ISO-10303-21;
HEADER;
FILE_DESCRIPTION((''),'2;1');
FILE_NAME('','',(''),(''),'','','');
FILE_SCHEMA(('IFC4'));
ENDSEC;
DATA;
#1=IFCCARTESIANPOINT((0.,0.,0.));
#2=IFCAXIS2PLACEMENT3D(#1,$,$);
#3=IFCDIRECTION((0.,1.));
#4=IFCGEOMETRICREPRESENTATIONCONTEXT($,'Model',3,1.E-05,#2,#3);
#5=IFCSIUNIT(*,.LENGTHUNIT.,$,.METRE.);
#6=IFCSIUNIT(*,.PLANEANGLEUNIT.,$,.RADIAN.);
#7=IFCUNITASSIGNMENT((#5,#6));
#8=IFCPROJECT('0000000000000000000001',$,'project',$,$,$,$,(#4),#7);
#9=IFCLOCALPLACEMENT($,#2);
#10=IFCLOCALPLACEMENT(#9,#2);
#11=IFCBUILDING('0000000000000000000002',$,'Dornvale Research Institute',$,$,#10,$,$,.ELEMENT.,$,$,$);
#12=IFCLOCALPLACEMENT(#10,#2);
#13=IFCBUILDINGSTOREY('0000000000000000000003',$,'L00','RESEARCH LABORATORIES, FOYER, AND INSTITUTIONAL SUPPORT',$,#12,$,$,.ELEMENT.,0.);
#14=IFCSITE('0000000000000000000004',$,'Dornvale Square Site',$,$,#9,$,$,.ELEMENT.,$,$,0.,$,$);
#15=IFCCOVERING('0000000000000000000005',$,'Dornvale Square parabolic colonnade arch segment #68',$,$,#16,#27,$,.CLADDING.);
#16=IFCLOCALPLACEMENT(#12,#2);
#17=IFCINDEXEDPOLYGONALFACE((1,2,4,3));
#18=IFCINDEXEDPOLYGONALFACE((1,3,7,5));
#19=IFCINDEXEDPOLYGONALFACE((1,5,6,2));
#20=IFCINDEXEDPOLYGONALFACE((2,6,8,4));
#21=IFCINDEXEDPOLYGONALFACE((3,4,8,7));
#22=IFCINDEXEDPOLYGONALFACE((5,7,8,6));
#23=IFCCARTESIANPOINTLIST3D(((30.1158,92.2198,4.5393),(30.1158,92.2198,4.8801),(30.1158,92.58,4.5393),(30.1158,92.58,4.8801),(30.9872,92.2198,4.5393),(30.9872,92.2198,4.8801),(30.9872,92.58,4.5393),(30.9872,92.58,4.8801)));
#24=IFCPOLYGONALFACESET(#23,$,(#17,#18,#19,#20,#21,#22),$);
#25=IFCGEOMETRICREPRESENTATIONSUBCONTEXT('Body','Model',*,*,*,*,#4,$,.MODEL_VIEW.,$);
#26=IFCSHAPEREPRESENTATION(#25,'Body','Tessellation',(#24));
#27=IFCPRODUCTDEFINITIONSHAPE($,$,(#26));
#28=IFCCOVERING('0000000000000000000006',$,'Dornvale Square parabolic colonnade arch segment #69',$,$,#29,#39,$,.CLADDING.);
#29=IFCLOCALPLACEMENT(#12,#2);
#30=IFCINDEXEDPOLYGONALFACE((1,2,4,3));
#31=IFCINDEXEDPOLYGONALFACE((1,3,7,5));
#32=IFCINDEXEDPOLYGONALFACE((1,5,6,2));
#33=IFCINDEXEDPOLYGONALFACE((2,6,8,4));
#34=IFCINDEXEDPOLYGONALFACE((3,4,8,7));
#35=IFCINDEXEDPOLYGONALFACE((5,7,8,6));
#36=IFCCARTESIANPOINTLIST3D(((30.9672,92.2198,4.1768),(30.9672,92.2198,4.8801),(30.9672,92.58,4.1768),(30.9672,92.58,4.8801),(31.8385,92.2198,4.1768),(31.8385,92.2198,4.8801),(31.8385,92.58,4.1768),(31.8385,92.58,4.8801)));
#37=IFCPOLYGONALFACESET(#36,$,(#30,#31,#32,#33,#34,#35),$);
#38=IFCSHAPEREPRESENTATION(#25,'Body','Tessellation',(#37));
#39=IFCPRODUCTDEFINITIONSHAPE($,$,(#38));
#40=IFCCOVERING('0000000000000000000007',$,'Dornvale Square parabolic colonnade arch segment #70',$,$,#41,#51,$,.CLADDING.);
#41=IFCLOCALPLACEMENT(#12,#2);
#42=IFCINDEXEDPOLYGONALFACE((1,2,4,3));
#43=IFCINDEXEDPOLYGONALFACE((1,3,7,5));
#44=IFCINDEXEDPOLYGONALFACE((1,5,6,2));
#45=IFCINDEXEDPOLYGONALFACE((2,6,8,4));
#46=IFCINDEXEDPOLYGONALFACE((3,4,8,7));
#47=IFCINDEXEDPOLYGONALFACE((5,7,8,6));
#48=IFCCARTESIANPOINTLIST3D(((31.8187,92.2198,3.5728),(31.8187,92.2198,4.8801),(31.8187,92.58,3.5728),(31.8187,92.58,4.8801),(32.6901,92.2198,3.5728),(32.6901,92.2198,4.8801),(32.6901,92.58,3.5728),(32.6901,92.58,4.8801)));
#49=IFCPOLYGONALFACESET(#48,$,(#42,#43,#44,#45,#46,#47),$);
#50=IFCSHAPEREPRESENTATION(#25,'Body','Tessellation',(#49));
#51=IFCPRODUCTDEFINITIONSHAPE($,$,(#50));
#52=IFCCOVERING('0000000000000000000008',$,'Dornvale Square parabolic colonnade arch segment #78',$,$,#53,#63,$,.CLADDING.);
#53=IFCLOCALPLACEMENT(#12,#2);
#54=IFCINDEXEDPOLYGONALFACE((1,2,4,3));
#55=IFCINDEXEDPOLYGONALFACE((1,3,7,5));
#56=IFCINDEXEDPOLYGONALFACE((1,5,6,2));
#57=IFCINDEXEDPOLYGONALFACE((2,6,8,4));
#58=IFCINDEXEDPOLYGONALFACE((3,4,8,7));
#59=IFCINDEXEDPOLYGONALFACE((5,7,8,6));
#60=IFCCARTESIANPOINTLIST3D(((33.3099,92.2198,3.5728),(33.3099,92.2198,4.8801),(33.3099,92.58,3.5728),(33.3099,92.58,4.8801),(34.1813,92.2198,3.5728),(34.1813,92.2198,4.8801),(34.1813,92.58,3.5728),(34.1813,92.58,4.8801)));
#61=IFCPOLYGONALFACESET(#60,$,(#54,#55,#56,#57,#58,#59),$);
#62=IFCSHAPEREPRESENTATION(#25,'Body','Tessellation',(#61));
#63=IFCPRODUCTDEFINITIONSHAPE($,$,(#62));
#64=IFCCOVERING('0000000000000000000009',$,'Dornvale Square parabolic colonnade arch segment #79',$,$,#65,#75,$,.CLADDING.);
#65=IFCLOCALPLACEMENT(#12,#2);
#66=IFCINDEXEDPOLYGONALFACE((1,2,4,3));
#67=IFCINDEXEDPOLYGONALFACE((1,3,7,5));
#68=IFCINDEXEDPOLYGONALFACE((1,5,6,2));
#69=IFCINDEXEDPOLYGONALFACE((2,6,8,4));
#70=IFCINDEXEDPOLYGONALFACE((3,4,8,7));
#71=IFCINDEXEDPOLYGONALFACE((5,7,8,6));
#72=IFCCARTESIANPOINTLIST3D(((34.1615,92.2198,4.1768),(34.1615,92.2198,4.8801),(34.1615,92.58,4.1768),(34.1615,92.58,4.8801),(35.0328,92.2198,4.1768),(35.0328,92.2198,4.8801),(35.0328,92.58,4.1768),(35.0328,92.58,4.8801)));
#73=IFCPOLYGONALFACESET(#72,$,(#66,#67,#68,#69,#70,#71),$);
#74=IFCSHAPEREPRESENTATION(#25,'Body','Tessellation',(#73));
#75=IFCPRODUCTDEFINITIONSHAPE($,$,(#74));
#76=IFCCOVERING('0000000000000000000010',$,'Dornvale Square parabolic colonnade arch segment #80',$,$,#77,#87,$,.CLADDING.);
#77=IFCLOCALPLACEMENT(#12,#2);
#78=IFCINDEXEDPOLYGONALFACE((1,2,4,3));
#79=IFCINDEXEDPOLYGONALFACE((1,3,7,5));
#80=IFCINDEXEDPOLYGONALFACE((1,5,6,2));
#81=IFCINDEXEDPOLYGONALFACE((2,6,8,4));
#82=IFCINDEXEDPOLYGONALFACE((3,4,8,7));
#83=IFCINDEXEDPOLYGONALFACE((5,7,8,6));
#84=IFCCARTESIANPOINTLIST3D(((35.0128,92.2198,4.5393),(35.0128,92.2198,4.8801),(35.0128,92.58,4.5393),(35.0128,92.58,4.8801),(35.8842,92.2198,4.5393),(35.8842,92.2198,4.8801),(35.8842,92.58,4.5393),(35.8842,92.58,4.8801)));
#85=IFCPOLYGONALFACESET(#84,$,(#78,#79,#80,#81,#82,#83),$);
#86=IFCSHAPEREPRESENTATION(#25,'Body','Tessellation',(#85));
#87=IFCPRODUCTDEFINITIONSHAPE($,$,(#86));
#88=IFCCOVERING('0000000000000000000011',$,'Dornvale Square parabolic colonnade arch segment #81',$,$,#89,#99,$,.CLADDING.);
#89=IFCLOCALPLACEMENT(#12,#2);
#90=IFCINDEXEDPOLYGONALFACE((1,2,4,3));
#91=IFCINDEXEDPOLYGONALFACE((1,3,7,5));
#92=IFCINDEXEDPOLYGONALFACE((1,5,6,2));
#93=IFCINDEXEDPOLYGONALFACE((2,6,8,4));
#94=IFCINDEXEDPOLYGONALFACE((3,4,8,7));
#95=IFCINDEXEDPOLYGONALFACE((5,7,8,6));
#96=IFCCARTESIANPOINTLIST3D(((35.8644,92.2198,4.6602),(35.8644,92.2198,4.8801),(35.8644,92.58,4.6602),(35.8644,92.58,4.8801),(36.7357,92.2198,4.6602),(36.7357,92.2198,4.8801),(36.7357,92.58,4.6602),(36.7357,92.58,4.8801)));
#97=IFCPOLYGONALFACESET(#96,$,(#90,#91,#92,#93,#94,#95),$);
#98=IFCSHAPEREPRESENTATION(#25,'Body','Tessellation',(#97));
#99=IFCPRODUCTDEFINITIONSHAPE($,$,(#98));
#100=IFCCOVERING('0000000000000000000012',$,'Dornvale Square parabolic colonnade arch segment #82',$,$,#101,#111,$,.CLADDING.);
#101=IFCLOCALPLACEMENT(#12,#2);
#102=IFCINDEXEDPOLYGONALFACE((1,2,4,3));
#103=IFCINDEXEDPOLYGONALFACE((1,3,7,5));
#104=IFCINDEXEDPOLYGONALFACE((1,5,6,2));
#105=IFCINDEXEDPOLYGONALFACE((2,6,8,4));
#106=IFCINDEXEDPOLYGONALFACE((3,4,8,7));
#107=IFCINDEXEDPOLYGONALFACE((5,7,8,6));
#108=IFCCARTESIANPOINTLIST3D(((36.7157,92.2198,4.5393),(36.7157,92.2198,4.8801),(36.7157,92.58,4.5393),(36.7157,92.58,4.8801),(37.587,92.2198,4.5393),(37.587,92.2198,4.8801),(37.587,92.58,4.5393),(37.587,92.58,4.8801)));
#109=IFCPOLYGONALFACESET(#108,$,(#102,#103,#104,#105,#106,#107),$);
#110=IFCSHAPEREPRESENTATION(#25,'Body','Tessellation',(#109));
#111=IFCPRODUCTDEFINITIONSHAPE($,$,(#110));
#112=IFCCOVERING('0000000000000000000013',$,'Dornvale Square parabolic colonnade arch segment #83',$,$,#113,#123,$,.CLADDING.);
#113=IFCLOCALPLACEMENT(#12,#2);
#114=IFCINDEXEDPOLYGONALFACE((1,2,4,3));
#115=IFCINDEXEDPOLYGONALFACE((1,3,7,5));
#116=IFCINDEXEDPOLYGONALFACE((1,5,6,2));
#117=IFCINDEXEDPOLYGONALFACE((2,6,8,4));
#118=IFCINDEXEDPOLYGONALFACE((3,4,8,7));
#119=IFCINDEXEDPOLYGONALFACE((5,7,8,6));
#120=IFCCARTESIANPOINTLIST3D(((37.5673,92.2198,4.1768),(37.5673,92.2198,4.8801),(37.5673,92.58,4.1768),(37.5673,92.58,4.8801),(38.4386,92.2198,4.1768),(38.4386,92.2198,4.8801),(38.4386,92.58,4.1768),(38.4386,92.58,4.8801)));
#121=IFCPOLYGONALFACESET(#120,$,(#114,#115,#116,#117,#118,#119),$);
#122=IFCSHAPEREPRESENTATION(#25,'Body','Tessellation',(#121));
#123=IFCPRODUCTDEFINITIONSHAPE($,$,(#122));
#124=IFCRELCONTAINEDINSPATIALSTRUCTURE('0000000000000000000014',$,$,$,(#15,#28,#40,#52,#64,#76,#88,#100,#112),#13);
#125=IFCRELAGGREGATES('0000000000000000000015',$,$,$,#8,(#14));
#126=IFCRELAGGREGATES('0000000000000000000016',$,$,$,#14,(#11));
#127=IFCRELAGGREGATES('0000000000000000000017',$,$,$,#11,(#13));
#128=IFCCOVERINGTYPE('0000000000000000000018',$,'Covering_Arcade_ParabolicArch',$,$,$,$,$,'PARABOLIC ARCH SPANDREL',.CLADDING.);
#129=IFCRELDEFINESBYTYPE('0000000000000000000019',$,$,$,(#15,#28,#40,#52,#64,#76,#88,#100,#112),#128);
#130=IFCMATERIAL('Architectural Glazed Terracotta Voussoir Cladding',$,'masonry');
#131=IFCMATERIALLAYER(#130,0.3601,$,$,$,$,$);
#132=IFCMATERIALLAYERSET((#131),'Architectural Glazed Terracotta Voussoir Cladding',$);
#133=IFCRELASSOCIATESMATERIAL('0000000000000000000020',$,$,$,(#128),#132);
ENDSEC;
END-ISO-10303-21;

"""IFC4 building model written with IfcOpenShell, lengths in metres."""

from ifc_helpers import new_model, si_unit, direction, frame, origin, origin_2d, place, context, subcontext, project, spatial, rectangle, extrude, material, layer, layer_set, type_object, element, save


model = new_model("IFC4")

# Units and contexts
model_context = context("Model", 3, precision=1e-05, world=origin(), true_north=direction((0.0, 1.0)))
body_context = subcontext(model_context, "Body", "Model", "MODEL_VIEW")
ifc_project = project(units=[si_unit("LENGTHUNIT", "METRE"), si_unit("PLANEANGLEUNIT", "RADIAN")], contexts=[model_context])

# Site, building, storey
site_placement = place(None, origin())
site = spatial("IfcSite", under=ifc_project, at=site_placement, Name="Dornvale Square Site", CompositionType="ELEMENT", RefElevation=0.0)
building_placement = place(site_placement, origin())
building = spatial("IfcBuilding", under=site, at=building_placement, Name="Dornvale Research Institute", CompositionType="ELEMENT")
storey_placement = place(building_placement, origin())
storey = spatial("IfcBuildingStorey", under=building, at=storey_placement, Name="L00", Description="RESEARCH LABORATORIES, FOYER, AND INSTITUTIONAL SUPPORT", CompositionType="ELEMENT", Elevation=0.0)

# Coverings
ifc_material_1 = material(Name="Architectural Glazed Terracotta Voussoir Cladding", Category="masonry")
ifc_layer_1 = layer(ifc_material_1, 0.3601)
ifc_layer_set_1 = layer_set([ifc_layer_1], Name="Architectural Glazed Terracotta Voussoir Cladding")
covering_type = type_object("IfcCoveringType", Name="Covering_Arcade_ParabolicArch", ElementType="PARABOLIC ARCH SPANDREL", PredefinedType="CLADDING", material=ifc_layer_set_1)
covering_1_placement = place(storey_placement, frame((30.5515, 92.3999, 4.5393), z_axis=(0.0, 0.0, 1.0), x_axis=(1.0, 0.0, 0.0)))
element("IfcCovering", 1, at=covering_1_placement, inside=storey, type_object=covering_type, Name="Dornvale Square parabolic colonnade arch segment #68", PredefinedType="CLADDING", context=body_context, shape_type="SweptSolid", body=[
    extrude(rectangle(XDim=0.8713, YDim=0.3601, at=origin_2d()), origin(), (0.0, 0.0, 1.0), 0.3408),
])
covering_2_placement = place(storey_placement, frame((31.4028, 92.3999, 4.1768), z_axis=(0.0, 0.0, 1.0), x_axis=(1.0, 0.0, 0.0)))
element("IfcCovering", 2, at=covering_2_placement, inside=storey, type_object=covering_type, Name="Dornvale Square parabolic colonnade arch segment #69", PredefinedType="CLADDING", context=body_context, shape_type="SweptSolid", body=[
    extrude(rectangle(XDim=0.8713, YDim=0.3601, at=origin_2d()), origin(), (0.0, 0.0, 1.0), 0.7034),
])
for number, where, z_axis, x_axis, name in (
    (3, (32.2544, 92.3999, 3.5728), (0.0, 0.0, 1.0), (1.0, 0.0, 0.0), "Dornvale Square parabolic colonnade arch segment #70"),
    (4, (33.7456, 92.3999, 3.5728), (0.0, 0.0, 1.0), (1.0, 0.0, 0.0), "Dornvale Square parabolic colonnade arch segment #78"),
):
    element("IfcCovering", number, at=place(storey_placement, frame(where, z_axis=z_axis, x_axis=x_axis)), inside=storey, type_object=covering_type, Name=name, PredefinedType="CLADDING", context=body_context, shape_type="SweptSolid", body=[
        extrude(rectangle(XDim=0.8713, YDim=0.3601, at=origin_2d()), origin(), (0.0, 0.0, 1.0), 1.3074),
    ])
covering_3_placement = place(storey_placement, frame((34.5972, 92.3999, 4.1768), z_axis=(0.0, 0.0, 1.0), x_axis=(1.0, 0.0, 0.0)))
element("IfcCovering", 5, at=covering_3_placement, inside=storey, type_object=covering_type, Name="Dornvale Square parabolic colonnade arch segment #79", PredefinedType="CLADDING", context=body_context, shape_type="SweptSolid", body=[
    extrude(rectangle(XDim=0.8713, YDim=0.3601, at=origin_2d()), origin(), (0.0, 0.0, 1.0), 0.7034),
])
covering_4_placement = place(storey_placement, frame((35.4485, 92.3999, 4.5393), z_axis=(0.0, 0.0, 1.0), x_axis=(1.0, 0.0, 0.0)))
element("IfcCovering", 6, at=covering_4_placement, inside=storey, type_object=covering_type, Name="Dornvale Square parabolic colonnade arch segment #80", PredefinedType="CLADDING", context=body_context, shape_type="SweptSolid", body=[
    extrude(rectangle(XDim=0.8713, YDim=0.3601, at=origin_2d()), origin(), (0.0, 0.0, 1.0), 0.3408),
])
covering_5_placement = place(storey_placement, frame((36.3, 92.3999, 4.6602), z_axis=(0.0, 0.0, 1.0), x_axis=(1.0, 0.0, 0.0)))
element("IfcCovering", 7, at=covering_5_placement, inside=storey, type_object=covering_type, Name="Dornvale Square parabolic colonnade arch segment #81", PredefinedType="CLADDING", context=body_context, shape_type="SweptSolid", body=[
    extrude(rectangle(XDim=0.8713, YDim=0.3601, at=origin_2d()), origin(), (0.0, 0.0, 1.0), 0.22),
])
covering_6_placement = place(storey_placement, frame((37.1514, 92.3999, 4.5393), z_axis=(0.0, 0.0, 1.0), x_axis=(1.0, 0.0, 0.0)))
element("IfcCovering", 8, at=covering_6_placement, inside=storey, type_object=covering_type, Name="Dornvale Square parabolic colonnade arch segment #82", PredefinedType="CLADDING", context=body_context, shape_type="SweptSolid", body=[
    extrude(rectangle(XDim=0.8713, YDim=0.3601, at=origin_2d()), origin(), (0.0, 0.0, 1.0), 0.3408),
])
covering_7_placement = place(storey_placement, frame((38.0029, 92.3999, 4.1768), z_axis=(0.0, 0.0, 1.0), x_axis=(1.0, 0.0, 0.0)))
element("IfcCovering", 9, at=covering_7_placement, inside=storey, type_object=covering_type, Name="Dornvale Square parabolic colonnade arch segment #83", PredefinedType="CLADDING", context=body_context, shape_type="SweptSolid", body=[
    extrude(rectangle(XDim=0.8713, YDim=0.3601, at=origin_2d()), origin(), (0.0, 0.0, 1.0), 0.7034),
])

save(model, "model.ifc")
